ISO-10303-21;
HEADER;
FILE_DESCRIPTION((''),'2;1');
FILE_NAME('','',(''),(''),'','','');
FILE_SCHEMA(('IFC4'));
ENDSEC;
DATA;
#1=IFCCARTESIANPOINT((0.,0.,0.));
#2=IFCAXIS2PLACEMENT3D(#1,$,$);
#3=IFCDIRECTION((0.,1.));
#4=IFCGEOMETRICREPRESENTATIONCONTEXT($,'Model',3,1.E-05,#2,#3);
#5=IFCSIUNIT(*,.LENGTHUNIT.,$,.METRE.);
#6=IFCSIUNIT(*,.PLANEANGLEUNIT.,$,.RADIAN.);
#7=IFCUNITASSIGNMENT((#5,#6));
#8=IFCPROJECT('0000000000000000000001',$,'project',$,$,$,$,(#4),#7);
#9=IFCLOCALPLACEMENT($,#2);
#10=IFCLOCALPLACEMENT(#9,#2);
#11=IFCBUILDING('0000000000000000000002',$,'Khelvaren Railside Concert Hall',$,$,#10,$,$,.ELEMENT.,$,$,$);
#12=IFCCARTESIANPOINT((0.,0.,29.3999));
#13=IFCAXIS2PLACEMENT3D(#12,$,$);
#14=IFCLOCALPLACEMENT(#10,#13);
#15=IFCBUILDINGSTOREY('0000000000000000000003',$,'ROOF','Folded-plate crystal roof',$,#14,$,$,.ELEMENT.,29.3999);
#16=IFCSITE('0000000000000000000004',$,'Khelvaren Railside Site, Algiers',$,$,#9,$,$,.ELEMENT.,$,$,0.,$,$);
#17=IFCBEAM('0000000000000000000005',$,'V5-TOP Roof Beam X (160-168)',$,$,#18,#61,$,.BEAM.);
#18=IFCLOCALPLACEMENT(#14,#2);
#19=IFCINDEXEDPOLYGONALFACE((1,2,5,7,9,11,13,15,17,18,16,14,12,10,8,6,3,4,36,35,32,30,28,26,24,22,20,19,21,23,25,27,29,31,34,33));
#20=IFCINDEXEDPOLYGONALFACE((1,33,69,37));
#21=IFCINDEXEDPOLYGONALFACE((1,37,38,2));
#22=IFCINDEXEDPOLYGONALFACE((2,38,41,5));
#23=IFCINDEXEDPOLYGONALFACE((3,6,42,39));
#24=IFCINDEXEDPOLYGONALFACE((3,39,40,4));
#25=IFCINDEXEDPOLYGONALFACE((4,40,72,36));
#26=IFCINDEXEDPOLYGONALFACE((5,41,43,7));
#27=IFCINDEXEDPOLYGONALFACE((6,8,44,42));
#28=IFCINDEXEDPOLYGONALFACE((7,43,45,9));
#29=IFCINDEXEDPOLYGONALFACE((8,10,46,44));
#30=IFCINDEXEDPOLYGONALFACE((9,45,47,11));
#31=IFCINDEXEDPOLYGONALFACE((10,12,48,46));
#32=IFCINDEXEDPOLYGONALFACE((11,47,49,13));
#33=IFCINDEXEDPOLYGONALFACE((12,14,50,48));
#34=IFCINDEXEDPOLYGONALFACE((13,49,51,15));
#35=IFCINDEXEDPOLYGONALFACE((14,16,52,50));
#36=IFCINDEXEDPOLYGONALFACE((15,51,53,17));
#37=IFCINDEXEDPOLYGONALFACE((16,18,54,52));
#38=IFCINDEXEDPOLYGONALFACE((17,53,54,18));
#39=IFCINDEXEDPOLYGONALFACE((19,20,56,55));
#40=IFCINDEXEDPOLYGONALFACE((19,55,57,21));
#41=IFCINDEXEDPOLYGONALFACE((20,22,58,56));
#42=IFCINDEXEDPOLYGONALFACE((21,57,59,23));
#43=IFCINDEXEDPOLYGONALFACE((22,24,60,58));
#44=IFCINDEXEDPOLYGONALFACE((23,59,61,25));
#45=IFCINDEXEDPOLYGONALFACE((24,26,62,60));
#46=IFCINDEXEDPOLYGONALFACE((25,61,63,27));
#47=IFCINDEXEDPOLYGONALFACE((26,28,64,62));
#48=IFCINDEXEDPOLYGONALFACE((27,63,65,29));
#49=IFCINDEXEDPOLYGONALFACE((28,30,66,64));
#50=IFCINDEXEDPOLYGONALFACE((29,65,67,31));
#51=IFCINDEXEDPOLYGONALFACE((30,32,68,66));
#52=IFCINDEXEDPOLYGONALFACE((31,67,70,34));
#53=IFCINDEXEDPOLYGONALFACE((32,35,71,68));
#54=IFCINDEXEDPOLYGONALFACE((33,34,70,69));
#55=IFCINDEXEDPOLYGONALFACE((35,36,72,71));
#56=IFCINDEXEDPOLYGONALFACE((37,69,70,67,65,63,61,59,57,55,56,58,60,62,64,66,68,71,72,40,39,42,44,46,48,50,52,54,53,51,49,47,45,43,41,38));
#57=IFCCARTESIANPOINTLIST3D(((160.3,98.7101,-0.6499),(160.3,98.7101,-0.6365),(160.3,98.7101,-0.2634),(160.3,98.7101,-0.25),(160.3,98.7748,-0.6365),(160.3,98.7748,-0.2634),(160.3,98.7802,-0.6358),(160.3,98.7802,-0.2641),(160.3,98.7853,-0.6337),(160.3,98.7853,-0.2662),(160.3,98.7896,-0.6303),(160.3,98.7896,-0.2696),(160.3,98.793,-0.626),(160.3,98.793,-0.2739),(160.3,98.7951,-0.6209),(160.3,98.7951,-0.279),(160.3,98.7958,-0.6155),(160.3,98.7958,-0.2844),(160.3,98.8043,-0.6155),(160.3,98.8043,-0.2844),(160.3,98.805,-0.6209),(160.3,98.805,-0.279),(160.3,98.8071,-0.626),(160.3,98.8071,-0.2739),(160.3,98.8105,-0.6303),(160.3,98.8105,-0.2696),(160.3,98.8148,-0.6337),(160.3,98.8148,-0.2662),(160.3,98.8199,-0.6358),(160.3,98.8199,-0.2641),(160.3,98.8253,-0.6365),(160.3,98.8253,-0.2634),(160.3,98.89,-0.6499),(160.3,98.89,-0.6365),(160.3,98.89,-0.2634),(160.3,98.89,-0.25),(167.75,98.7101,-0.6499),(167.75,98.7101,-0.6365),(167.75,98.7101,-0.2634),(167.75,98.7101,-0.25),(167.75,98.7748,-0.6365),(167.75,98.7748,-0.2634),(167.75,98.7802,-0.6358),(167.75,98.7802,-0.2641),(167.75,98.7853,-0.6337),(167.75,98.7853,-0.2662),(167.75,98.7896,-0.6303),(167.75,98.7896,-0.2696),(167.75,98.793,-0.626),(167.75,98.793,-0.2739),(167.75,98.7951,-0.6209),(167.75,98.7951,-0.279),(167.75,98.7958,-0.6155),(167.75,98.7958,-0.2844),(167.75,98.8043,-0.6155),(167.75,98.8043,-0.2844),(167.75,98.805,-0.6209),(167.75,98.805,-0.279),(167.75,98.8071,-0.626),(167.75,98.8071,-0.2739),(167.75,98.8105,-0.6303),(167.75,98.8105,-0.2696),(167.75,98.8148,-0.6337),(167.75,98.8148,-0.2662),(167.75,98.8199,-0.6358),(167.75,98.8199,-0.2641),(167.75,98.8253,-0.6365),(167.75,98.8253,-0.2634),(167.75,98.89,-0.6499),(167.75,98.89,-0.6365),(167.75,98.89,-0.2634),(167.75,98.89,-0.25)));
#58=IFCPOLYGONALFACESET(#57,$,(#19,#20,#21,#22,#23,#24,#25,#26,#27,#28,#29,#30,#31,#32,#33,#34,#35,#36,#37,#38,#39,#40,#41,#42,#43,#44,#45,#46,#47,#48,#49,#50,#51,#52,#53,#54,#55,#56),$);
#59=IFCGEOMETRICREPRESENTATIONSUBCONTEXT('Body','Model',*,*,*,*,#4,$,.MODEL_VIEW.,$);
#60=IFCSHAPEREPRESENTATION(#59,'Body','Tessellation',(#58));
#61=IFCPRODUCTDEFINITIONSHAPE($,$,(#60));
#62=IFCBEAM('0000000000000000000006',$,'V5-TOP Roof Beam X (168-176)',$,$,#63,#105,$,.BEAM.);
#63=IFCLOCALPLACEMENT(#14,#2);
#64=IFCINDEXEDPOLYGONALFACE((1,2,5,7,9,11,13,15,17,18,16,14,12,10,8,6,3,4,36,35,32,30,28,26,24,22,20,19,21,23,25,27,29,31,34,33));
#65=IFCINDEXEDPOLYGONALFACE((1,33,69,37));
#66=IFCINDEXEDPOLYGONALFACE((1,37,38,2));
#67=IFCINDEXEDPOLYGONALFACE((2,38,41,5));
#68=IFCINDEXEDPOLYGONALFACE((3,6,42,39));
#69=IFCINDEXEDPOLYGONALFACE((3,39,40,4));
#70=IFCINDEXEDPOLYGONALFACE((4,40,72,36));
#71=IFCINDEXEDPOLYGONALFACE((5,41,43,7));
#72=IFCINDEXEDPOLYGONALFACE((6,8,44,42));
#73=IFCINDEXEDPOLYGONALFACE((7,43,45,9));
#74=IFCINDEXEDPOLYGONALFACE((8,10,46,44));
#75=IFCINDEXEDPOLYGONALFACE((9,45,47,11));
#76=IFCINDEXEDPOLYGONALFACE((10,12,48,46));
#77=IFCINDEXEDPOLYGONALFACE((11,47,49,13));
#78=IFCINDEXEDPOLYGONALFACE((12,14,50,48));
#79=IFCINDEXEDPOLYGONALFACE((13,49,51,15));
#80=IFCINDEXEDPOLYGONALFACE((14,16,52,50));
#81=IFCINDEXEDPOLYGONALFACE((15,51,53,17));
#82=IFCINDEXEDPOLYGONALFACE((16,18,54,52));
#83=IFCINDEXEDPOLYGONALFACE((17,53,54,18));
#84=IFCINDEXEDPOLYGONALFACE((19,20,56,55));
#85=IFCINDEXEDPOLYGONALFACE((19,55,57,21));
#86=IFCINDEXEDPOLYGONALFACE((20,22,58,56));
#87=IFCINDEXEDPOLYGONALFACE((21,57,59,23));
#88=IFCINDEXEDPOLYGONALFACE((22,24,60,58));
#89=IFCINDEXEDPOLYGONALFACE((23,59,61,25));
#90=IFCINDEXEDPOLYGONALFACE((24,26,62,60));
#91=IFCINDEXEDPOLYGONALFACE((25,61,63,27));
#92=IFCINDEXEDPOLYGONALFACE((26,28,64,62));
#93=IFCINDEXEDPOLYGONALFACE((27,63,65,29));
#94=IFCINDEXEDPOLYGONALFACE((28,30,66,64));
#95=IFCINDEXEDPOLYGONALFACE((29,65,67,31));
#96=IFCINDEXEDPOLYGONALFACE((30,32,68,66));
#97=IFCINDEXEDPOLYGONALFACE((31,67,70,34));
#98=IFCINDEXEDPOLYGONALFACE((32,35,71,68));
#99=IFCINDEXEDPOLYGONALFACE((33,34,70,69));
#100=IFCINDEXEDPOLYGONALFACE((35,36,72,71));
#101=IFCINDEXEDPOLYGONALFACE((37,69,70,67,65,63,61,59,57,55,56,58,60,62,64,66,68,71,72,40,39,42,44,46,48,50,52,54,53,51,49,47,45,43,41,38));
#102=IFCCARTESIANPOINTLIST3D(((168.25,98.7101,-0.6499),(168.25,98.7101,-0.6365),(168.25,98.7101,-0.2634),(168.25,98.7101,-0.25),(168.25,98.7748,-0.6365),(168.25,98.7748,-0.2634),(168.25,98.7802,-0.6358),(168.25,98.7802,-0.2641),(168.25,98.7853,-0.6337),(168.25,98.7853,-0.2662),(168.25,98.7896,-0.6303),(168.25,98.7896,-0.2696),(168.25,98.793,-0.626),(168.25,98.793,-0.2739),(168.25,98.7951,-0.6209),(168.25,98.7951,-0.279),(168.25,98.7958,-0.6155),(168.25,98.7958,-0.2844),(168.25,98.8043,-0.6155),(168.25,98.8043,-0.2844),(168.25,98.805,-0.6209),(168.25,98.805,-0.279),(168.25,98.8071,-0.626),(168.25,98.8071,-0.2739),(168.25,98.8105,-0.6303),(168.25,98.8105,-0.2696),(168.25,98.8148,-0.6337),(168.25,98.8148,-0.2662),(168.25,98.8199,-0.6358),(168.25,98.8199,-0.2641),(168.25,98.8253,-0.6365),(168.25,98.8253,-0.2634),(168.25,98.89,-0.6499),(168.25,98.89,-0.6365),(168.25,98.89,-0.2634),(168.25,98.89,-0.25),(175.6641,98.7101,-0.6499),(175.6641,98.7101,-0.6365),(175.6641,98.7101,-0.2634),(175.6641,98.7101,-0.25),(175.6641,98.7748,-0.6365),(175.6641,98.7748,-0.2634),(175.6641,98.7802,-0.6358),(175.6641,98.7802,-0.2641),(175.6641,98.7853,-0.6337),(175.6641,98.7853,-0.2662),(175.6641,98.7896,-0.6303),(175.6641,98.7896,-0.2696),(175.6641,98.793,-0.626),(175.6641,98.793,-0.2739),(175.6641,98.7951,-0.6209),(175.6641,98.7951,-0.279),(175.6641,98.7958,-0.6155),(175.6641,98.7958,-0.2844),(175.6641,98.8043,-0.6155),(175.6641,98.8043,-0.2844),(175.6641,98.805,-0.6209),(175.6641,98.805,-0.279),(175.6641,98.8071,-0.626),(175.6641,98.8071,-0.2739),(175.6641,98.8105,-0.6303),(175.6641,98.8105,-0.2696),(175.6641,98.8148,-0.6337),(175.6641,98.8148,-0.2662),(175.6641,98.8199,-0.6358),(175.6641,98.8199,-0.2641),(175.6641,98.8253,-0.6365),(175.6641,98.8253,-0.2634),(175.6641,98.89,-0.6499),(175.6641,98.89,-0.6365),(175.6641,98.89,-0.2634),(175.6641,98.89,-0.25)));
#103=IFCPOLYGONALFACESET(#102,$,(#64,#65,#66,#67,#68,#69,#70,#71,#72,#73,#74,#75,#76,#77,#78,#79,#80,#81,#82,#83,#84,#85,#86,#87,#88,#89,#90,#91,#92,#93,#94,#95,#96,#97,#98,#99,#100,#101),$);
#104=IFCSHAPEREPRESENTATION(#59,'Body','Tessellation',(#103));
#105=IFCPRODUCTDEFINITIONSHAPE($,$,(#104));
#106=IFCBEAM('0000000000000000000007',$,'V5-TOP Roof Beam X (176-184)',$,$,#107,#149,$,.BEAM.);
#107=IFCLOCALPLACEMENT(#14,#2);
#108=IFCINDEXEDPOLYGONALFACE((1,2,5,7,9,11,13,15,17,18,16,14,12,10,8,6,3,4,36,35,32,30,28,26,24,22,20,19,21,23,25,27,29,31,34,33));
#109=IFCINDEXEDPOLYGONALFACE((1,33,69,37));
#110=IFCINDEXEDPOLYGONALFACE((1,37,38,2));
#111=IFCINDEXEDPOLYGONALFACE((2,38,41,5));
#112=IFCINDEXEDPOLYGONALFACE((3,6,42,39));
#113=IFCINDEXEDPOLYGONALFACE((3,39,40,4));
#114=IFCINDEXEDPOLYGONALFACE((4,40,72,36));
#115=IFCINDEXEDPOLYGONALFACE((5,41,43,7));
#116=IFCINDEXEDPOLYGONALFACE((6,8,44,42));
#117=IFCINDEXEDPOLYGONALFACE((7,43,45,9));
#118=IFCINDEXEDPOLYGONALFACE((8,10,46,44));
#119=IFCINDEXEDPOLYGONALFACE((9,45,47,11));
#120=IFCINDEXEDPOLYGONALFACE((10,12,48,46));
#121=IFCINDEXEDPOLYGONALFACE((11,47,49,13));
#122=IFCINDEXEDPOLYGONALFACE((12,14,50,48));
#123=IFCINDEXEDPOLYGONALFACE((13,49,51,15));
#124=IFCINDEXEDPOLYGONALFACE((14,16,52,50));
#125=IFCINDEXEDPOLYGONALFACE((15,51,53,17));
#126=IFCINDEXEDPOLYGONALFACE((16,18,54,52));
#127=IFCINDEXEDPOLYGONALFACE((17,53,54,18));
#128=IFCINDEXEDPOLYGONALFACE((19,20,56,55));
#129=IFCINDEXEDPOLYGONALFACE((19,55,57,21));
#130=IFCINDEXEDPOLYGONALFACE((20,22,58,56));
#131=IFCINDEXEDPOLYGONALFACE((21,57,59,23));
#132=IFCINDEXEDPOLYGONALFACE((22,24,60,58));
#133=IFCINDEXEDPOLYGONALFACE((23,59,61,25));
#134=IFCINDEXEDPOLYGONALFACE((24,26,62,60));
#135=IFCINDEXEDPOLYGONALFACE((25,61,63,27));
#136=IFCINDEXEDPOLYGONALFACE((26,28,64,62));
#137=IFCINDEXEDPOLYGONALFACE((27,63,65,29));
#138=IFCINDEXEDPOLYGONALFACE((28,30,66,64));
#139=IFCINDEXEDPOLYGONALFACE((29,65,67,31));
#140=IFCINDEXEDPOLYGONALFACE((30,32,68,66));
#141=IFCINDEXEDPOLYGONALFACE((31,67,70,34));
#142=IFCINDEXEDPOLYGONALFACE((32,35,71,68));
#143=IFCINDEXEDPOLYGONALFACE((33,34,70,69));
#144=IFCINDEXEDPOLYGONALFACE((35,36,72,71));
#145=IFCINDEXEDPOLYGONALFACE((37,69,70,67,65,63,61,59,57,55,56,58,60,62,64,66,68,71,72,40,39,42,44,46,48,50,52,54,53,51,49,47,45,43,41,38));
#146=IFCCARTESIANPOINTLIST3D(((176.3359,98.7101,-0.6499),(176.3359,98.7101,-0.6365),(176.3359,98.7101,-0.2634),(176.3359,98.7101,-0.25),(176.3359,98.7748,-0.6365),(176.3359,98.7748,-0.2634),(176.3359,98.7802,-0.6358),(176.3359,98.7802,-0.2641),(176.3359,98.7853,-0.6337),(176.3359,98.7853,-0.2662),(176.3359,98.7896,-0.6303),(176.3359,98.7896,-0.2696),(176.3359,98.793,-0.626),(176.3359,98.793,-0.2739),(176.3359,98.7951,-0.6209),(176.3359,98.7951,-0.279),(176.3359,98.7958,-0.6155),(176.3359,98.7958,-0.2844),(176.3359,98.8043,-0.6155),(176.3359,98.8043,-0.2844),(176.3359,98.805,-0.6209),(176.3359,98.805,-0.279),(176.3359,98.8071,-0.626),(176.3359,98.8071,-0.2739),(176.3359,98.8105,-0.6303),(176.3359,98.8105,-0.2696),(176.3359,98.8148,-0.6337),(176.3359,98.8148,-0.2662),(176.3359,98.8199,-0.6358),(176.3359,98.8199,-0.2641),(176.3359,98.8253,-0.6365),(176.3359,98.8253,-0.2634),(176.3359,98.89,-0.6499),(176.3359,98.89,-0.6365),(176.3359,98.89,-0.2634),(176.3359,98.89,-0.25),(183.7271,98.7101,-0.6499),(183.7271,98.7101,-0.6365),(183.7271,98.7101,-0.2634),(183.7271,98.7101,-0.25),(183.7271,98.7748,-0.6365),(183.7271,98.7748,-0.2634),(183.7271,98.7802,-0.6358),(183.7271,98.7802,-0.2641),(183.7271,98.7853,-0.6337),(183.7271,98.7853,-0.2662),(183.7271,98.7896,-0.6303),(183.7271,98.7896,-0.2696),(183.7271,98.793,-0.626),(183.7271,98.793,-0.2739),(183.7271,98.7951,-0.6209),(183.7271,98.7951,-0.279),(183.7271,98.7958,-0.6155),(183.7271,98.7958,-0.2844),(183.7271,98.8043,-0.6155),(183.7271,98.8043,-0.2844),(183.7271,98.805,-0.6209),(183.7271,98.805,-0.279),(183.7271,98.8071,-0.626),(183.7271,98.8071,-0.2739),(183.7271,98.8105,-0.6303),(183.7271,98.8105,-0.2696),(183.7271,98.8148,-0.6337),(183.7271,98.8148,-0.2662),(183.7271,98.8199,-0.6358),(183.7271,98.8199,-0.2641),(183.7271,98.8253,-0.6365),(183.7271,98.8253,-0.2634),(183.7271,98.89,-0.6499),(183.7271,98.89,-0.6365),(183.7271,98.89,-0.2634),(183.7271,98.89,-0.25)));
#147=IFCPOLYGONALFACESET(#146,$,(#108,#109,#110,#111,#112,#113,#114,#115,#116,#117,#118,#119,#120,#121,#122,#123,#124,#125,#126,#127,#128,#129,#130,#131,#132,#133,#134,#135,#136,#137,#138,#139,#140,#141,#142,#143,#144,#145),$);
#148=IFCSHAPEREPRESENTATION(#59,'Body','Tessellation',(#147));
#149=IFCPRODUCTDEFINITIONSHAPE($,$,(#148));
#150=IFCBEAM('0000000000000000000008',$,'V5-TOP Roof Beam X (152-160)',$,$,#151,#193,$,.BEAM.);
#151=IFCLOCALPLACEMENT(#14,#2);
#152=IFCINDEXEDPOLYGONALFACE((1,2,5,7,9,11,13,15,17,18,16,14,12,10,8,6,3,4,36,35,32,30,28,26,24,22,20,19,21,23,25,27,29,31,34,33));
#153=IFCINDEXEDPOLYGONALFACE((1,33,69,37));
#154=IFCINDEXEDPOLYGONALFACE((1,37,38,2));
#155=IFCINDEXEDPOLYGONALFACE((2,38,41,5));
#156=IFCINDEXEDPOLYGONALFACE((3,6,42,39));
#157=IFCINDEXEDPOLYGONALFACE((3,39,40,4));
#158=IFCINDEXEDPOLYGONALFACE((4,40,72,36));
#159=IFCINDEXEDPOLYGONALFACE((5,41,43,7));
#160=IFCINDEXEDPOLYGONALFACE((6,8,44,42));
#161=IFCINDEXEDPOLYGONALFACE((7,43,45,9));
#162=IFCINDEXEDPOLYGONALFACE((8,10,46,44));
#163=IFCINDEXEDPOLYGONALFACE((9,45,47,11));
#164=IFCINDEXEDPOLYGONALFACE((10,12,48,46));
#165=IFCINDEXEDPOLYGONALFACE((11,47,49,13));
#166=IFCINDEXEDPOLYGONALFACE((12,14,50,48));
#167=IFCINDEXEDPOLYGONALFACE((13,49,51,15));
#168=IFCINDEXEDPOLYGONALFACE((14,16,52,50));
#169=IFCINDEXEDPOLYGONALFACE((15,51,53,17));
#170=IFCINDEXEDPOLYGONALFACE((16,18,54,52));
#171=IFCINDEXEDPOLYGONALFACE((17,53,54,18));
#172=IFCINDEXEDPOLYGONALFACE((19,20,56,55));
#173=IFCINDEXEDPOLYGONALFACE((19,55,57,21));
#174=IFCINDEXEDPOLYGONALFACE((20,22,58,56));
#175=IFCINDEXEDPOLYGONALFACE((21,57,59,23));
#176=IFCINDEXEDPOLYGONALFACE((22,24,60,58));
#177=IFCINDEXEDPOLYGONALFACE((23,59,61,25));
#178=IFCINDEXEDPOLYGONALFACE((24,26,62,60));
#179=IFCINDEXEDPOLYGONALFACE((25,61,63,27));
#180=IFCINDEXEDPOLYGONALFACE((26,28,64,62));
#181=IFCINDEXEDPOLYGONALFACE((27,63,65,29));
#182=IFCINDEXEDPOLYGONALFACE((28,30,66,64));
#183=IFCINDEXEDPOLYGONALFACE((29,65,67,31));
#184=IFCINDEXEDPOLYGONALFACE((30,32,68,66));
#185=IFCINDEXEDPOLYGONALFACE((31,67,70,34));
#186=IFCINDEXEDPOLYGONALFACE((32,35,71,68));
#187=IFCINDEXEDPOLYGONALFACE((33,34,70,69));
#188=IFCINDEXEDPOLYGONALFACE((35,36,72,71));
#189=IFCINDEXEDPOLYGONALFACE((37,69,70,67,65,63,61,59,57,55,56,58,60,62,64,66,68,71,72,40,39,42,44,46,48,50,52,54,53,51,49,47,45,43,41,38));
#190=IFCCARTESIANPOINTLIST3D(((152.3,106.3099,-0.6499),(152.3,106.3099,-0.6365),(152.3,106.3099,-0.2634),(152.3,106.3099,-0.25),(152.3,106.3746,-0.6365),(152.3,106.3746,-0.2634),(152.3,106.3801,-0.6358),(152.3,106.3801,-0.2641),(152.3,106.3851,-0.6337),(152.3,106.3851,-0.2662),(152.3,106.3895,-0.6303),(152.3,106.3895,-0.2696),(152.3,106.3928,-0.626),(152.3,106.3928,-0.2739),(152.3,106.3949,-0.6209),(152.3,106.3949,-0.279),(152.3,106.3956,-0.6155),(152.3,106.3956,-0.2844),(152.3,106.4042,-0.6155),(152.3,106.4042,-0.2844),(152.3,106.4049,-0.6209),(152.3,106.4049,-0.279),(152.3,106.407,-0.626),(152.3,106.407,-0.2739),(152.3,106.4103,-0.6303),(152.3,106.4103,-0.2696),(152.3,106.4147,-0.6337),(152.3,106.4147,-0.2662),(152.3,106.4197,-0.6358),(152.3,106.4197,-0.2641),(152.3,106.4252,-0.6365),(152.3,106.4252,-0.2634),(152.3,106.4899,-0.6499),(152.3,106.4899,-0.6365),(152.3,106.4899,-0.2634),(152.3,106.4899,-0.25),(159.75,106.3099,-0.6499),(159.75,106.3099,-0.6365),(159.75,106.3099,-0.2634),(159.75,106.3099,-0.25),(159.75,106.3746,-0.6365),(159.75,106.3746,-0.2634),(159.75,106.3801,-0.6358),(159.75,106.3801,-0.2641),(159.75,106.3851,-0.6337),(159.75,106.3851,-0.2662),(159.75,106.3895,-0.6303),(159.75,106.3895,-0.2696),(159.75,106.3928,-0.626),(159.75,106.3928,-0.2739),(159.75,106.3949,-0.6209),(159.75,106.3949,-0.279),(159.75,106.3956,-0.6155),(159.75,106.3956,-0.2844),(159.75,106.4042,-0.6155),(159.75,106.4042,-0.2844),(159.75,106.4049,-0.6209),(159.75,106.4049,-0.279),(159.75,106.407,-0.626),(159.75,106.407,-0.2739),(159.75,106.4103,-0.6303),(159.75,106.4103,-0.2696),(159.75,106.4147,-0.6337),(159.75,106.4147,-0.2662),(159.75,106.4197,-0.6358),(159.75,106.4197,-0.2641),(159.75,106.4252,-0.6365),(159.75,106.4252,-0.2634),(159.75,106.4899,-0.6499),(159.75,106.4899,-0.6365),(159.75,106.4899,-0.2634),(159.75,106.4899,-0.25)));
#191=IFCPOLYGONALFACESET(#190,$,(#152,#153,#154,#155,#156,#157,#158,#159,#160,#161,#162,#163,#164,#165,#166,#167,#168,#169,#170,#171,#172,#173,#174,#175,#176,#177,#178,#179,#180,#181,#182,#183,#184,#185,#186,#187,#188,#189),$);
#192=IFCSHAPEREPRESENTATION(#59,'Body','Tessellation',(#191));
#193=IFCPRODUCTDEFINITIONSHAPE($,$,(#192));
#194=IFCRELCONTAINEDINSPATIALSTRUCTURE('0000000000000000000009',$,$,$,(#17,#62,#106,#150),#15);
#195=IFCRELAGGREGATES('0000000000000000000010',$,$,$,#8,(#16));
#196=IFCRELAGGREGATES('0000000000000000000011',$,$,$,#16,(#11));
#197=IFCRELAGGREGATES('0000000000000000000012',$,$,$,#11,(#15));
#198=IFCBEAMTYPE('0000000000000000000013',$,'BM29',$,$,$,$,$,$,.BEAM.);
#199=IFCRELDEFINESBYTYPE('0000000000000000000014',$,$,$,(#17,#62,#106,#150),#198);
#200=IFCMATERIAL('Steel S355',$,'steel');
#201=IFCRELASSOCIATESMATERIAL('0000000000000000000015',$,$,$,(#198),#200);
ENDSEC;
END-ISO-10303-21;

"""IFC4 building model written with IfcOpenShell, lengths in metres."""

from ifc_helpers import new_model, si_unit, direction, frame, origin, origin_2d, place, context, subcontext, project, spatial, i_section, extrude, material, material_profile, profile_set, type_object, element, save


model = new_model("IFC4")

# Units and contexts
model_context = context("Model", 3, precision=1e-05, world=origin(), true_north=direction((0.0, 1.0)))
body_context = subcontext(model_context, "Body", "Model", "MODEL_VIEW")
ifc_project = project(units=[si_unit("LENGTHUNIT", "METRE"), si_unit("PLANEANGLEUNIT", "RADIAN")], contexts=[model_context])

# Site, building, storey
site_placement = place(None, origin())
site = spatial("IfcSite", under=ifc_project, at=site_placement, Name="Khelvaren Railside Site, Algiers", CompositionType="ELEMENT", RefElevation=0.0)
building_placement = place(site_placement, origin())
building = spatial("IfcBuilding", under=site, at=building_placement, Name="Khelvaren Railside Concert Hall", CompositionType="ELEMENT")
storey_placement = place(building_placement, frame((0.0, 0.0, 29.3999)))
storey = spatial("IfcBuildingStorey", under=building, at=storey_placement, Name="ROOF", Description="Folded-plate crystal roof", CompositionType="ELEMENT", Elevation=29.3999)

# Beams
ifc_material_1 = material(Name="Steel S355", Category="steel")
ifc_material_profile = material_profile(ifc_material_1, i_section(OverallWidth=0.1799, OverallDepth=0.3999, WebThickness=0.0085, FlangeThickness=0.0134, FilletRadius=0.021, at=origin_2d()), Name="IPE 400")
ifc_profile_set = profile_set([ifc_material_profile], Name="Steel S355")
beam_type = type_object("IfcBeamType", Name="BM29", PredefinedType="BEAM", material=ifc_profile_set)
beam_1_placement = place(storey_placement, frame((160.3, 98.8, -0.45), z_axis=(1.0, 0.0, 0.0), x_axis=(0.0, 1.0, 0.0)))
element("IfcBeam", 1, at=beam_1_placement, inside=storey, type_object=beam_type, Name="V5-TOP Roof Beam X (160-168)", PredefinedType="BEAM", context=body_context, shape_type="SweptSolid", body=[
    extrude(i_section(OverallWidth=0.1799, OverallDepth=0.3999, WebThickness=0.0085, FlangeThickness=0.0134, FilletRadius=0.021, at=origin_2d()), origin(), (0.0, 0.0, 1.0), 7.45),
])
beam_2_placement = place(storey_placement, frame((168.25, 98.8, -0.45), z_axis=(1.0, 0.0, 0.0), x_axis=(0.0, 1.0, 0.0)))
element("IfcBeam", 2, at=beam_2_placement, inside=storey, type_object=beam_type, Name="V5-TOP Roof Beam X (168-176)", PredefinedType="BEAM", context=body_context, shape_type="SweptSolid", body=[
    extrude(i_section(OverallWidth=0.1799, OverallDepth=0.3999, WebThickness=0.0085, FlangeThickness=0.0134, FilletRadius=0.021, at=origin_2d()), origin(), (0.0, 0.0, 1.0), 7.4141),
])
beam_3_placement = place(storey_placement, frame((176.3359, 98.8, -0.45), z_axis=(1.0, 0.0, 0.0), x_axis=(0.0, 1.0, 0.0)))
element("IfcBeam", 3, at=beam_3_placement, inside=storey, type_object=beam_type, Name="V5-TOP Roof Beam X (176-184)", PredefinedType="BEAM", context=body_context, shape_type="SweptSolid", body=[
    extrude(i_section(OverallWidth=0.1799, OverallDepth=0.3999, WebThickness=0.0085, FlangeThickness=0.0134, FilletRadius=0.021, at=origin_2d()), origin(), (0.0, 0.0, 1.0), 7.3911),
])
beam_4_placement = place(storey_placement, frame((152.3, 106.3999, -0.45), z_axis=(1.0, 0.0, 0.0), x_axis=(0.0, 1.0, 0.0)))
element("IfcBeam", 4, at=beam_4_placement, inside=storey, type_object=beam_type, Name="V5-TOP Roof Beam X (152-160)", PredefinedType="BEAM", context=body_context, shape_type="SweptSolid", body=[
    extrude(i_section(OverallWidth=0.1799, OverallDepth=0.3999, WebThickness=0.0085, FlangeThickness=0.0134, FilletRadius=0.021, at=origin_2d()), origin(), (0.0, 0.0, 1.0), 7.45),
])

save(model, "model.ifc")
